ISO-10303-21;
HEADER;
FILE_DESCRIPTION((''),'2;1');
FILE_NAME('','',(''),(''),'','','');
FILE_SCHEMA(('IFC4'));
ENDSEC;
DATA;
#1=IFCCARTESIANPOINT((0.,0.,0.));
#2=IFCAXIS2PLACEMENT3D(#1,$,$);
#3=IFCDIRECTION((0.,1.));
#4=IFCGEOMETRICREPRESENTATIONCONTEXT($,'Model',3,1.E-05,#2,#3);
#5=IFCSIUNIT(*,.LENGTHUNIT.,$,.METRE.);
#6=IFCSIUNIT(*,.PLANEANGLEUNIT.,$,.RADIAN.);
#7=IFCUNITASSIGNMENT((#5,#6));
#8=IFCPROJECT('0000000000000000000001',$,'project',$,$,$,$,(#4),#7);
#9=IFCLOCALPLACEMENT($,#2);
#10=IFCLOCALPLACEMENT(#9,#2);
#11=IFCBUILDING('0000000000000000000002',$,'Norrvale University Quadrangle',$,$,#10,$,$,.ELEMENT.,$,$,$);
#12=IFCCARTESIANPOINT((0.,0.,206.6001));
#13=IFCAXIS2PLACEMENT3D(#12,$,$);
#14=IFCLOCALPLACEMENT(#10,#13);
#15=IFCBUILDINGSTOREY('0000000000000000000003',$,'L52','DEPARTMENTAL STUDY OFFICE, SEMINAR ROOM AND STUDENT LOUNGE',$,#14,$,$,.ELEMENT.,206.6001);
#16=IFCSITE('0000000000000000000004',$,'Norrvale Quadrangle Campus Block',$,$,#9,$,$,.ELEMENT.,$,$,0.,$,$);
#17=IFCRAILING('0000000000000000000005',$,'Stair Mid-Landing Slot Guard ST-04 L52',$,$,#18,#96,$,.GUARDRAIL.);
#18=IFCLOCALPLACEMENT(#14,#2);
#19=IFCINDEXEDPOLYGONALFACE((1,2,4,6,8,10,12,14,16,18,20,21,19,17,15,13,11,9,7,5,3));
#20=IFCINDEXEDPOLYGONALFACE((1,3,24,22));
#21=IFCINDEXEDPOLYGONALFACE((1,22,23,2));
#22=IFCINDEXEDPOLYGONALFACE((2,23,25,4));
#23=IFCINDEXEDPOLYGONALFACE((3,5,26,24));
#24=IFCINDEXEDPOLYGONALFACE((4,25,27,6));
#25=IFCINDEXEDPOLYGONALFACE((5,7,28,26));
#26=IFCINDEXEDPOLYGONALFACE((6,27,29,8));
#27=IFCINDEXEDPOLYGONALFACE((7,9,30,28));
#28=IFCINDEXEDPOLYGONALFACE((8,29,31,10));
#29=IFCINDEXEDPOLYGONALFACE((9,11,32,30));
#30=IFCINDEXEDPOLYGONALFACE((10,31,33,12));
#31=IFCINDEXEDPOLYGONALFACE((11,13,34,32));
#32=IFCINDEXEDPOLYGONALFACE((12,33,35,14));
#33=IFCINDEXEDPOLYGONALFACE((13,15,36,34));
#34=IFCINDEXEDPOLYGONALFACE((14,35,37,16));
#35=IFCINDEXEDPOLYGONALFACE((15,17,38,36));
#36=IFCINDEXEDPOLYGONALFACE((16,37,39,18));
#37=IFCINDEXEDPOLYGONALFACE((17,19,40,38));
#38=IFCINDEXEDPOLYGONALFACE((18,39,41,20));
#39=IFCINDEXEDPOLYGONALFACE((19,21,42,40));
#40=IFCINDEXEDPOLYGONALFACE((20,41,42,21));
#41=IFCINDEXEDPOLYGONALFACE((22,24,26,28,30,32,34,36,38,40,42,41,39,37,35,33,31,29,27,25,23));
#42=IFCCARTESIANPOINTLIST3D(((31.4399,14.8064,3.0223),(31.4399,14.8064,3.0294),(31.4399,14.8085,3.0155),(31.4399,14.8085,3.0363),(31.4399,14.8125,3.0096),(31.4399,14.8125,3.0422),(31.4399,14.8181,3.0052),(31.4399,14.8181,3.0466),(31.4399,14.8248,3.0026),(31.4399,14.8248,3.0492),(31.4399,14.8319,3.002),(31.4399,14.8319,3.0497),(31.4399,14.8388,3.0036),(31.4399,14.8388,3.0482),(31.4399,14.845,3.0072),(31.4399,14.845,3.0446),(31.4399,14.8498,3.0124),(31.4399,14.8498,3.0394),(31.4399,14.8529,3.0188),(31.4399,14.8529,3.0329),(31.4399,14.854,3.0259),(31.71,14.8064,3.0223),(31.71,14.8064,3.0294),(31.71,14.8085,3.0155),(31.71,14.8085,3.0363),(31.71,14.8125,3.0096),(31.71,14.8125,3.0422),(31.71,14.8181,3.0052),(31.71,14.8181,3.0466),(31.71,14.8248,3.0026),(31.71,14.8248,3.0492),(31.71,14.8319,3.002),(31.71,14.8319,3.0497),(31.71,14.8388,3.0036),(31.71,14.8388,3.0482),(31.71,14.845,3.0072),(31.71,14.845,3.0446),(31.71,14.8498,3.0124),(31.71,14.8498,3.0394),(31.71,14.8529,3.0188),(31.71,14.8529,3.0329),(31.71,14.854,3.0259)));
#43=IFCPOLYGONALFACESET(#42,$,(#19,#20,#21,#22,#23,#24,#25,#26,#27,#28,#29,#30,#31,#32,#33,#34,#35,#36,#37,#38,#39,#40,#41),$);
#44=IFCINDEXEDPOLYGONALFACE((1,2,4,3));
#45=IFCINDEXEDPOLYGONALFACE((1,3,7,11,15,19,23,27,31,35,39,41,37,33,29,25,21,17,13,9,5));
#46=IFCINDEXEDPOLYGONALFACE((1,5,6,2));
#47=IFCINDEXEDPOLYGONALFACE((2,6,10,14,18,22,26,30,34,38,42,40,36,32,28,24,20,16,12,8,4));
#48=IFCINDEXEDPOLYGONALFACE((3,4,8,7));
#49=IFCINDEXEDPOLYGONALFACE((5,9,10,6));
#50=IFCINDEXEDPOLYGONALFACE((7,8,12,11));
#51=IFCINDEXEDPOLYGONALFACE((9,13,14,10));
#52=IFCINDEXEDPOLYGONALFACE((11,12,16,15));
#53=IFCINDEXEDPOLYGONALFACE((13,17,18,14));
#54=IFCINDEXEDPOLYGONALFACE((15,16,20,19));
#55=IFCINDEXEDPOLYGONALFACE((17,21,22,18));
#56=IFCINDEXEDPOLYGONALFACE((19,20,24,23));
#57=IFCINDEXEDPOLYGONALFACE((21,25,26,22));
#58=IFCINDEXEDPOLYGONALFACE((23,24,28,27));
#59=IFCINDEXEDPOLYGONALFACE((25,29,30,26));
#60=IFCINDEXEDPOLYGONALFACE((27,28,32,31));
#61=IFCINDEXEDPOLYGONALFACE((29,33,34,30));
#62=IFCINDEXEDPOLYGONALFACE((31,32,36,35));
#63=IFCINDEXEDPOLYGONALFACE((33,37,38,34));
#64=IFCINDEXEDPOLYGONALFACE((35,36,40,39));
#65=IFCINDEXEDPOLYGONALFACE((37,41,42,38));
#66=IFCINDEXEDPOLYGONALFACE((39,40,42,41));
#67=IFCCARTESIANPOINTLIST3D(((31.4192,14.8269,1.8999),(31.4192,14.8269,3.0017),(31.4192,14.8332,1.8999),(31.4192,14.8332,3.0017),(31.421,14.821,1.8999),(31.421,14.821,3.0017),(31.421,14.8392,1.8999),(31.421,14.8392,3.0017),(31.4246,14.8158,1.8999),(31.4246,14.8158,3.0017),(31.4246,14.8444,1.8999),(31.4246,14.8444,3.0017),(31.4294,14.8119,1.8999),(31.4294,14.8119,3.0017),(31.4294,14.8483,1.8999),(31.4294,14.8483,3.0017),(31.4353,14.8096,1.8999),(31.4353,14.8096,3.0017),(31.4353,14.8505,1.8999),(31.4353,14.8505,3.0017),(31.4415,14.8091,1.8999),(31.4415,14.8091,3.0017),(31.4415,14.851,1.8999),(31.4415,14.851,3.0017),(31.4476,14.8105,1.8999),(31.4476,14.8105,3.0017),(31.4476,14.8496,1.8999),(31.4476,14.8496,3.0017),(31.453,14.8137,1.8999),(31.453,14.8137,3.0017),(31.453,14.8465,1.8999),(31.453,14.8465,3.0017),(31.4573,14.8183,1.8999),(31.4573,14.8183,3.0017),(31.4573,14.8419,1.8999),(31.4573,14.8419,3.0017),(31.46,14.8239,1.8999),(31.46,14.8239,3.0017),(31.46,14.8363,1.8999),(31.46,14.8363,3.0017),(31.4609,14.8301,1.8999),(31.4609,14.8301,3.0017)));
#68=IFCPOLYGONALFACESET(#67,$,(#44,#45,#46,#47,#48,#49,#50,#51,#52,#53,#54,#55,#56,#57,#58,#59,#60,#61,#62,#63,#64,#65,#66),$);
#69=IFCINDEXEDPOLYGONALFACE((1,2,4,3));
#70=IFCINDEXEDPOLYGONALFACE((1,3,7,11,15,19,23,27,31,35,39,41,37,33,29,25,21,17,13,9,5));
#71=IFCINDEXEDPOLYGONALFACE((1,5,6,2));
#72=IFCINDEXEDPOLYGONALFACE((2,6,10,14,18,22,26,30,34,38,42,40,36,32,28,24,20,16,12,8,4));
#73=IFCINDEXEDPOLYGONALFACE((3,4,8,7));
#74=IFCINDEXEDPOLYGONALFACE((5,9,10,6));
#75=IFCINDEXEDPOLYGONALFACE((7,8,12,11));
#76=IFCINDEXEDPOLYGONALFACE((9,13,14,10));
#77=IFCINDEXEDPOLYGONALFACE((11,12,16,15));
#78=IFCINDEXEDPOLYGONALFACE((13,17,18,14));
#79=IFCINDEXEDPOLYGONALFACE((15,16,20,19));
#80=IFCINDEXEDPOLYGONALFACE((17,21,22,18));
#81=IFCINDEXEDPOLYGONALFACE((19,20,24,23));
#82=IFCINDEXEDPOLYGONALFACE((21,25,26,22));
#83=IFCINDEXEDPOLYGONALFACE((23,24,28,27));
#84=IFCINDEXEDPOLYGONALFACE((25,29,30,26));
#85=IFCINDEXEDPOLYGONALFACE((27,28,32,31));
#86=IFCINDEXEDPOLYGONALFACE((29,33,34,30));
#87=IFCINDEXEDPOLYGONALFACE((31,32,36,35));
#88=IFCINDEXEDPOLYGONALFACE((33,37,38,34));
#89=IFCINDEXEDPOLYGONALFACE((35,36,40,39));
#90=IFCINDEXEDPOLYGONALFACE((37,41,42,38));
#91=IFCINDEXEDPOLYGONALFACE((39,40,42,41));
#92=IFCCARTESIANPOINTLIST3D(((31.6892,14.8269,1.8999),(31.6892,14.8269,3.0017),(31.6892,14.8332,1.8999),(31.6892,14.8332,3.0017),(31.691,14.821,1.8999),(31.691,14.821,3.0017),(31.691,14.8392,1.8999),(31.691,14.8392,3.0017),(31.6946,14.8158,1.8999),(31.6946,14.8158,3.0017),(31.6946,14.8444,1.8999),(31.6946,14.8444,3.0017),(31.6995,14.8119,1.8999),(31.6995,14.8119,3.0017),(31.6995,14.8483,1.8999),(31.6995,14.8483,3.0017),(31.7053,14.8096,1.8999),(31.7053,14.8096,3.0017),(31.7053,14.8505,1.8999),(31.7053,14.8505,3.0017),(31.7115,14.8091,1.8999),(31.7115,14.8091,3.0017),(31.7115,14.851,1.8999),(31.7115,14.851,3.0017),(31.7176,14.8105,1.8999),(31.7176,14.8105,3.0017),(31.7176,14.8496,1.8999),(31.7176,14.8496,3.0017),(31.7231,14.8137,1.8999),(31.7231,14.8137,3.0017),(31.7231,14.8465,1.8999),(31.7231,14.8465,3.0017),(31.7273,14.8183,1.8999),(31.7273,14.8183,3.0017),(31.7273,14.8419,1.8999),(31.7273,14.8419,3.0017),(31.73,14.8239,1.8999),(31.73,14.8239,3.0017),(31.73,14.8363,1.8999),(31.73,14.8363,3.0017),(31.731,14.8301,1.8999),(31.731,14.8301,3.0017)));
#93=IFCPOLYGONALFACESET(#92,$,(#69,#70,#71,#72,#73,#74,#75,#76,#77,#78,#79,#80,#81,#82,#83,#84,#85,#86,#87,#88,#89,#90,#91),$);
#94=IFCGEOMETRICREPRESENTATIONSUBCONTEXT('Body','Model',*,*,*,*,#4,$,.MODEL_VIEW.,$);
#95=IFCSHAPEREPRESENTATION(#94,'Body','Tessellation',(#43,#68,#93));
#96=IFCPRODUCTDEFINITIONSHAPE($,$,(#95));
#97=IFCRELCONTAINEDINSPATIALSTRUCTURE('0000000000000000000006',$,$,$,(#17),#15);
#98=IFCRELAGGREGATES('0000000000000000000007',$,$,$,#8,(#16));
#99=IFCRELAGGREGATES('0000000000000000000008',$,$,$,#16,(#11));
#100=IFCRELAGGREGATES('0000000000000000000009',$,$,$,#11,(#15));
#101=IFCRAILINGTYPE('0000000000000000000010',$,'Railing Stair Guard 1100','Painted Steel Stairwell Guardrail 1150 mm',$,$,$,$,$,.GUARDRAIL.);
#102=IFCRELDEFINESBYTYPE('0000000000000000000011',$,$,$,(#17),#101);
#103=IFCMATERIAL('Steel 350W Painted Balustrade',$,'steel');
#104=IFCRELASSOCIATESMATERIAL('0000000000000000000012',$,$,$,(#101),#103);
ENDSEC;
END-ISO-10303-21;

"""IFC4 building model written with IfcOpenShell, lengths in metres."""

from ifc_helpers import new_model, si_unit, direction, frame, origin, origin_2d, place, context, subcontext, project, spatial, circle, extrude, material, type_object, element, save


model = new_model("IFC4")

# Units and contexts
model_context = context("Model", 3, precision=1e-05, world=origin(), true_north=direction((0.0, 1.0)))
body_context = subcontext(model_context, "Body", "Model", "MODEL_VIEW")
ifc_project = project(units=[si_unit("LENGTHUNIT", "METRE"), si_unit("PLANEANGLEUNIT", "RADIAN")], contexts=[model_context])

# Site, building, storey
site_placement = place(None, origin())
site = spatial("IfcSite", under=ifc_project, at=site_placement, Name="Norrvale Quadrangle Campus Block", CompositionType="ELEMENT", RefElevation=0.0)
building_placement = place(site_placement, origin())
building = spatial("IfcBuilding", under=site, at=building_placement, Name="Norrvale University Quadrangle", CompositionType="ELEMENT")
storey_placement = place(building_placement, frame((0.0, 0.0, 206.6001)))
storey = spatial("IfcBuildingStorey", under=building, at=storey_placement, Name="L52", Description="DEPARTMENTAL STUDY OFFICE, SEMINAR ROOM AND STUDENT LOUNGE", CompositionType="ELEMENT", Elevation=206.6001)

# Railing
ifc_material_1 = material(Name="Steel 350W Painted Balustrade", Category="steel")
railing_type_1 = type_object("IfcRailingType", Name="Railing Stair Guard 1100", Description="Painted Steel Stairwell Guardrail 1150 mm", PredefinedType="GUARDRAIL", material=ifc_material_1)
for number, where, name in (
    (1, (31.4399, 14.8301, 1.8999), "Stair Mid-Landing Slot Guard ST-04 L52"),
):
    element("IfcRailing", number, at=place(storey_placement, frame(where)), inside=storey, type_object=railing_type_1, Name=name, PredefinedType="GUARDRAIL", context=body_context, shape_type="SweptSolid", body=[
        extrude(circle(Radius=0.0239, at=origin_2d()), frame((0.0, 0.0, 1.126), z_axis=(1.0, 0.0, 0.0), x_axis=(0.0, 1.0, 0.0)), (0.0, 0.0, 1.0), 0.27),
        extrude(circle(Radius=0.021, at=origin_2d()), origin(), (0.0, 0.0, 1.0), 1.1018),
        extrude(circle(Radius=0.021, at=origin_2d()), frame((0.27, 0.0, 0.0)), (0.0, 0.0, 1.0), 1.1018),
    ])

save(model, "model.ifc")
